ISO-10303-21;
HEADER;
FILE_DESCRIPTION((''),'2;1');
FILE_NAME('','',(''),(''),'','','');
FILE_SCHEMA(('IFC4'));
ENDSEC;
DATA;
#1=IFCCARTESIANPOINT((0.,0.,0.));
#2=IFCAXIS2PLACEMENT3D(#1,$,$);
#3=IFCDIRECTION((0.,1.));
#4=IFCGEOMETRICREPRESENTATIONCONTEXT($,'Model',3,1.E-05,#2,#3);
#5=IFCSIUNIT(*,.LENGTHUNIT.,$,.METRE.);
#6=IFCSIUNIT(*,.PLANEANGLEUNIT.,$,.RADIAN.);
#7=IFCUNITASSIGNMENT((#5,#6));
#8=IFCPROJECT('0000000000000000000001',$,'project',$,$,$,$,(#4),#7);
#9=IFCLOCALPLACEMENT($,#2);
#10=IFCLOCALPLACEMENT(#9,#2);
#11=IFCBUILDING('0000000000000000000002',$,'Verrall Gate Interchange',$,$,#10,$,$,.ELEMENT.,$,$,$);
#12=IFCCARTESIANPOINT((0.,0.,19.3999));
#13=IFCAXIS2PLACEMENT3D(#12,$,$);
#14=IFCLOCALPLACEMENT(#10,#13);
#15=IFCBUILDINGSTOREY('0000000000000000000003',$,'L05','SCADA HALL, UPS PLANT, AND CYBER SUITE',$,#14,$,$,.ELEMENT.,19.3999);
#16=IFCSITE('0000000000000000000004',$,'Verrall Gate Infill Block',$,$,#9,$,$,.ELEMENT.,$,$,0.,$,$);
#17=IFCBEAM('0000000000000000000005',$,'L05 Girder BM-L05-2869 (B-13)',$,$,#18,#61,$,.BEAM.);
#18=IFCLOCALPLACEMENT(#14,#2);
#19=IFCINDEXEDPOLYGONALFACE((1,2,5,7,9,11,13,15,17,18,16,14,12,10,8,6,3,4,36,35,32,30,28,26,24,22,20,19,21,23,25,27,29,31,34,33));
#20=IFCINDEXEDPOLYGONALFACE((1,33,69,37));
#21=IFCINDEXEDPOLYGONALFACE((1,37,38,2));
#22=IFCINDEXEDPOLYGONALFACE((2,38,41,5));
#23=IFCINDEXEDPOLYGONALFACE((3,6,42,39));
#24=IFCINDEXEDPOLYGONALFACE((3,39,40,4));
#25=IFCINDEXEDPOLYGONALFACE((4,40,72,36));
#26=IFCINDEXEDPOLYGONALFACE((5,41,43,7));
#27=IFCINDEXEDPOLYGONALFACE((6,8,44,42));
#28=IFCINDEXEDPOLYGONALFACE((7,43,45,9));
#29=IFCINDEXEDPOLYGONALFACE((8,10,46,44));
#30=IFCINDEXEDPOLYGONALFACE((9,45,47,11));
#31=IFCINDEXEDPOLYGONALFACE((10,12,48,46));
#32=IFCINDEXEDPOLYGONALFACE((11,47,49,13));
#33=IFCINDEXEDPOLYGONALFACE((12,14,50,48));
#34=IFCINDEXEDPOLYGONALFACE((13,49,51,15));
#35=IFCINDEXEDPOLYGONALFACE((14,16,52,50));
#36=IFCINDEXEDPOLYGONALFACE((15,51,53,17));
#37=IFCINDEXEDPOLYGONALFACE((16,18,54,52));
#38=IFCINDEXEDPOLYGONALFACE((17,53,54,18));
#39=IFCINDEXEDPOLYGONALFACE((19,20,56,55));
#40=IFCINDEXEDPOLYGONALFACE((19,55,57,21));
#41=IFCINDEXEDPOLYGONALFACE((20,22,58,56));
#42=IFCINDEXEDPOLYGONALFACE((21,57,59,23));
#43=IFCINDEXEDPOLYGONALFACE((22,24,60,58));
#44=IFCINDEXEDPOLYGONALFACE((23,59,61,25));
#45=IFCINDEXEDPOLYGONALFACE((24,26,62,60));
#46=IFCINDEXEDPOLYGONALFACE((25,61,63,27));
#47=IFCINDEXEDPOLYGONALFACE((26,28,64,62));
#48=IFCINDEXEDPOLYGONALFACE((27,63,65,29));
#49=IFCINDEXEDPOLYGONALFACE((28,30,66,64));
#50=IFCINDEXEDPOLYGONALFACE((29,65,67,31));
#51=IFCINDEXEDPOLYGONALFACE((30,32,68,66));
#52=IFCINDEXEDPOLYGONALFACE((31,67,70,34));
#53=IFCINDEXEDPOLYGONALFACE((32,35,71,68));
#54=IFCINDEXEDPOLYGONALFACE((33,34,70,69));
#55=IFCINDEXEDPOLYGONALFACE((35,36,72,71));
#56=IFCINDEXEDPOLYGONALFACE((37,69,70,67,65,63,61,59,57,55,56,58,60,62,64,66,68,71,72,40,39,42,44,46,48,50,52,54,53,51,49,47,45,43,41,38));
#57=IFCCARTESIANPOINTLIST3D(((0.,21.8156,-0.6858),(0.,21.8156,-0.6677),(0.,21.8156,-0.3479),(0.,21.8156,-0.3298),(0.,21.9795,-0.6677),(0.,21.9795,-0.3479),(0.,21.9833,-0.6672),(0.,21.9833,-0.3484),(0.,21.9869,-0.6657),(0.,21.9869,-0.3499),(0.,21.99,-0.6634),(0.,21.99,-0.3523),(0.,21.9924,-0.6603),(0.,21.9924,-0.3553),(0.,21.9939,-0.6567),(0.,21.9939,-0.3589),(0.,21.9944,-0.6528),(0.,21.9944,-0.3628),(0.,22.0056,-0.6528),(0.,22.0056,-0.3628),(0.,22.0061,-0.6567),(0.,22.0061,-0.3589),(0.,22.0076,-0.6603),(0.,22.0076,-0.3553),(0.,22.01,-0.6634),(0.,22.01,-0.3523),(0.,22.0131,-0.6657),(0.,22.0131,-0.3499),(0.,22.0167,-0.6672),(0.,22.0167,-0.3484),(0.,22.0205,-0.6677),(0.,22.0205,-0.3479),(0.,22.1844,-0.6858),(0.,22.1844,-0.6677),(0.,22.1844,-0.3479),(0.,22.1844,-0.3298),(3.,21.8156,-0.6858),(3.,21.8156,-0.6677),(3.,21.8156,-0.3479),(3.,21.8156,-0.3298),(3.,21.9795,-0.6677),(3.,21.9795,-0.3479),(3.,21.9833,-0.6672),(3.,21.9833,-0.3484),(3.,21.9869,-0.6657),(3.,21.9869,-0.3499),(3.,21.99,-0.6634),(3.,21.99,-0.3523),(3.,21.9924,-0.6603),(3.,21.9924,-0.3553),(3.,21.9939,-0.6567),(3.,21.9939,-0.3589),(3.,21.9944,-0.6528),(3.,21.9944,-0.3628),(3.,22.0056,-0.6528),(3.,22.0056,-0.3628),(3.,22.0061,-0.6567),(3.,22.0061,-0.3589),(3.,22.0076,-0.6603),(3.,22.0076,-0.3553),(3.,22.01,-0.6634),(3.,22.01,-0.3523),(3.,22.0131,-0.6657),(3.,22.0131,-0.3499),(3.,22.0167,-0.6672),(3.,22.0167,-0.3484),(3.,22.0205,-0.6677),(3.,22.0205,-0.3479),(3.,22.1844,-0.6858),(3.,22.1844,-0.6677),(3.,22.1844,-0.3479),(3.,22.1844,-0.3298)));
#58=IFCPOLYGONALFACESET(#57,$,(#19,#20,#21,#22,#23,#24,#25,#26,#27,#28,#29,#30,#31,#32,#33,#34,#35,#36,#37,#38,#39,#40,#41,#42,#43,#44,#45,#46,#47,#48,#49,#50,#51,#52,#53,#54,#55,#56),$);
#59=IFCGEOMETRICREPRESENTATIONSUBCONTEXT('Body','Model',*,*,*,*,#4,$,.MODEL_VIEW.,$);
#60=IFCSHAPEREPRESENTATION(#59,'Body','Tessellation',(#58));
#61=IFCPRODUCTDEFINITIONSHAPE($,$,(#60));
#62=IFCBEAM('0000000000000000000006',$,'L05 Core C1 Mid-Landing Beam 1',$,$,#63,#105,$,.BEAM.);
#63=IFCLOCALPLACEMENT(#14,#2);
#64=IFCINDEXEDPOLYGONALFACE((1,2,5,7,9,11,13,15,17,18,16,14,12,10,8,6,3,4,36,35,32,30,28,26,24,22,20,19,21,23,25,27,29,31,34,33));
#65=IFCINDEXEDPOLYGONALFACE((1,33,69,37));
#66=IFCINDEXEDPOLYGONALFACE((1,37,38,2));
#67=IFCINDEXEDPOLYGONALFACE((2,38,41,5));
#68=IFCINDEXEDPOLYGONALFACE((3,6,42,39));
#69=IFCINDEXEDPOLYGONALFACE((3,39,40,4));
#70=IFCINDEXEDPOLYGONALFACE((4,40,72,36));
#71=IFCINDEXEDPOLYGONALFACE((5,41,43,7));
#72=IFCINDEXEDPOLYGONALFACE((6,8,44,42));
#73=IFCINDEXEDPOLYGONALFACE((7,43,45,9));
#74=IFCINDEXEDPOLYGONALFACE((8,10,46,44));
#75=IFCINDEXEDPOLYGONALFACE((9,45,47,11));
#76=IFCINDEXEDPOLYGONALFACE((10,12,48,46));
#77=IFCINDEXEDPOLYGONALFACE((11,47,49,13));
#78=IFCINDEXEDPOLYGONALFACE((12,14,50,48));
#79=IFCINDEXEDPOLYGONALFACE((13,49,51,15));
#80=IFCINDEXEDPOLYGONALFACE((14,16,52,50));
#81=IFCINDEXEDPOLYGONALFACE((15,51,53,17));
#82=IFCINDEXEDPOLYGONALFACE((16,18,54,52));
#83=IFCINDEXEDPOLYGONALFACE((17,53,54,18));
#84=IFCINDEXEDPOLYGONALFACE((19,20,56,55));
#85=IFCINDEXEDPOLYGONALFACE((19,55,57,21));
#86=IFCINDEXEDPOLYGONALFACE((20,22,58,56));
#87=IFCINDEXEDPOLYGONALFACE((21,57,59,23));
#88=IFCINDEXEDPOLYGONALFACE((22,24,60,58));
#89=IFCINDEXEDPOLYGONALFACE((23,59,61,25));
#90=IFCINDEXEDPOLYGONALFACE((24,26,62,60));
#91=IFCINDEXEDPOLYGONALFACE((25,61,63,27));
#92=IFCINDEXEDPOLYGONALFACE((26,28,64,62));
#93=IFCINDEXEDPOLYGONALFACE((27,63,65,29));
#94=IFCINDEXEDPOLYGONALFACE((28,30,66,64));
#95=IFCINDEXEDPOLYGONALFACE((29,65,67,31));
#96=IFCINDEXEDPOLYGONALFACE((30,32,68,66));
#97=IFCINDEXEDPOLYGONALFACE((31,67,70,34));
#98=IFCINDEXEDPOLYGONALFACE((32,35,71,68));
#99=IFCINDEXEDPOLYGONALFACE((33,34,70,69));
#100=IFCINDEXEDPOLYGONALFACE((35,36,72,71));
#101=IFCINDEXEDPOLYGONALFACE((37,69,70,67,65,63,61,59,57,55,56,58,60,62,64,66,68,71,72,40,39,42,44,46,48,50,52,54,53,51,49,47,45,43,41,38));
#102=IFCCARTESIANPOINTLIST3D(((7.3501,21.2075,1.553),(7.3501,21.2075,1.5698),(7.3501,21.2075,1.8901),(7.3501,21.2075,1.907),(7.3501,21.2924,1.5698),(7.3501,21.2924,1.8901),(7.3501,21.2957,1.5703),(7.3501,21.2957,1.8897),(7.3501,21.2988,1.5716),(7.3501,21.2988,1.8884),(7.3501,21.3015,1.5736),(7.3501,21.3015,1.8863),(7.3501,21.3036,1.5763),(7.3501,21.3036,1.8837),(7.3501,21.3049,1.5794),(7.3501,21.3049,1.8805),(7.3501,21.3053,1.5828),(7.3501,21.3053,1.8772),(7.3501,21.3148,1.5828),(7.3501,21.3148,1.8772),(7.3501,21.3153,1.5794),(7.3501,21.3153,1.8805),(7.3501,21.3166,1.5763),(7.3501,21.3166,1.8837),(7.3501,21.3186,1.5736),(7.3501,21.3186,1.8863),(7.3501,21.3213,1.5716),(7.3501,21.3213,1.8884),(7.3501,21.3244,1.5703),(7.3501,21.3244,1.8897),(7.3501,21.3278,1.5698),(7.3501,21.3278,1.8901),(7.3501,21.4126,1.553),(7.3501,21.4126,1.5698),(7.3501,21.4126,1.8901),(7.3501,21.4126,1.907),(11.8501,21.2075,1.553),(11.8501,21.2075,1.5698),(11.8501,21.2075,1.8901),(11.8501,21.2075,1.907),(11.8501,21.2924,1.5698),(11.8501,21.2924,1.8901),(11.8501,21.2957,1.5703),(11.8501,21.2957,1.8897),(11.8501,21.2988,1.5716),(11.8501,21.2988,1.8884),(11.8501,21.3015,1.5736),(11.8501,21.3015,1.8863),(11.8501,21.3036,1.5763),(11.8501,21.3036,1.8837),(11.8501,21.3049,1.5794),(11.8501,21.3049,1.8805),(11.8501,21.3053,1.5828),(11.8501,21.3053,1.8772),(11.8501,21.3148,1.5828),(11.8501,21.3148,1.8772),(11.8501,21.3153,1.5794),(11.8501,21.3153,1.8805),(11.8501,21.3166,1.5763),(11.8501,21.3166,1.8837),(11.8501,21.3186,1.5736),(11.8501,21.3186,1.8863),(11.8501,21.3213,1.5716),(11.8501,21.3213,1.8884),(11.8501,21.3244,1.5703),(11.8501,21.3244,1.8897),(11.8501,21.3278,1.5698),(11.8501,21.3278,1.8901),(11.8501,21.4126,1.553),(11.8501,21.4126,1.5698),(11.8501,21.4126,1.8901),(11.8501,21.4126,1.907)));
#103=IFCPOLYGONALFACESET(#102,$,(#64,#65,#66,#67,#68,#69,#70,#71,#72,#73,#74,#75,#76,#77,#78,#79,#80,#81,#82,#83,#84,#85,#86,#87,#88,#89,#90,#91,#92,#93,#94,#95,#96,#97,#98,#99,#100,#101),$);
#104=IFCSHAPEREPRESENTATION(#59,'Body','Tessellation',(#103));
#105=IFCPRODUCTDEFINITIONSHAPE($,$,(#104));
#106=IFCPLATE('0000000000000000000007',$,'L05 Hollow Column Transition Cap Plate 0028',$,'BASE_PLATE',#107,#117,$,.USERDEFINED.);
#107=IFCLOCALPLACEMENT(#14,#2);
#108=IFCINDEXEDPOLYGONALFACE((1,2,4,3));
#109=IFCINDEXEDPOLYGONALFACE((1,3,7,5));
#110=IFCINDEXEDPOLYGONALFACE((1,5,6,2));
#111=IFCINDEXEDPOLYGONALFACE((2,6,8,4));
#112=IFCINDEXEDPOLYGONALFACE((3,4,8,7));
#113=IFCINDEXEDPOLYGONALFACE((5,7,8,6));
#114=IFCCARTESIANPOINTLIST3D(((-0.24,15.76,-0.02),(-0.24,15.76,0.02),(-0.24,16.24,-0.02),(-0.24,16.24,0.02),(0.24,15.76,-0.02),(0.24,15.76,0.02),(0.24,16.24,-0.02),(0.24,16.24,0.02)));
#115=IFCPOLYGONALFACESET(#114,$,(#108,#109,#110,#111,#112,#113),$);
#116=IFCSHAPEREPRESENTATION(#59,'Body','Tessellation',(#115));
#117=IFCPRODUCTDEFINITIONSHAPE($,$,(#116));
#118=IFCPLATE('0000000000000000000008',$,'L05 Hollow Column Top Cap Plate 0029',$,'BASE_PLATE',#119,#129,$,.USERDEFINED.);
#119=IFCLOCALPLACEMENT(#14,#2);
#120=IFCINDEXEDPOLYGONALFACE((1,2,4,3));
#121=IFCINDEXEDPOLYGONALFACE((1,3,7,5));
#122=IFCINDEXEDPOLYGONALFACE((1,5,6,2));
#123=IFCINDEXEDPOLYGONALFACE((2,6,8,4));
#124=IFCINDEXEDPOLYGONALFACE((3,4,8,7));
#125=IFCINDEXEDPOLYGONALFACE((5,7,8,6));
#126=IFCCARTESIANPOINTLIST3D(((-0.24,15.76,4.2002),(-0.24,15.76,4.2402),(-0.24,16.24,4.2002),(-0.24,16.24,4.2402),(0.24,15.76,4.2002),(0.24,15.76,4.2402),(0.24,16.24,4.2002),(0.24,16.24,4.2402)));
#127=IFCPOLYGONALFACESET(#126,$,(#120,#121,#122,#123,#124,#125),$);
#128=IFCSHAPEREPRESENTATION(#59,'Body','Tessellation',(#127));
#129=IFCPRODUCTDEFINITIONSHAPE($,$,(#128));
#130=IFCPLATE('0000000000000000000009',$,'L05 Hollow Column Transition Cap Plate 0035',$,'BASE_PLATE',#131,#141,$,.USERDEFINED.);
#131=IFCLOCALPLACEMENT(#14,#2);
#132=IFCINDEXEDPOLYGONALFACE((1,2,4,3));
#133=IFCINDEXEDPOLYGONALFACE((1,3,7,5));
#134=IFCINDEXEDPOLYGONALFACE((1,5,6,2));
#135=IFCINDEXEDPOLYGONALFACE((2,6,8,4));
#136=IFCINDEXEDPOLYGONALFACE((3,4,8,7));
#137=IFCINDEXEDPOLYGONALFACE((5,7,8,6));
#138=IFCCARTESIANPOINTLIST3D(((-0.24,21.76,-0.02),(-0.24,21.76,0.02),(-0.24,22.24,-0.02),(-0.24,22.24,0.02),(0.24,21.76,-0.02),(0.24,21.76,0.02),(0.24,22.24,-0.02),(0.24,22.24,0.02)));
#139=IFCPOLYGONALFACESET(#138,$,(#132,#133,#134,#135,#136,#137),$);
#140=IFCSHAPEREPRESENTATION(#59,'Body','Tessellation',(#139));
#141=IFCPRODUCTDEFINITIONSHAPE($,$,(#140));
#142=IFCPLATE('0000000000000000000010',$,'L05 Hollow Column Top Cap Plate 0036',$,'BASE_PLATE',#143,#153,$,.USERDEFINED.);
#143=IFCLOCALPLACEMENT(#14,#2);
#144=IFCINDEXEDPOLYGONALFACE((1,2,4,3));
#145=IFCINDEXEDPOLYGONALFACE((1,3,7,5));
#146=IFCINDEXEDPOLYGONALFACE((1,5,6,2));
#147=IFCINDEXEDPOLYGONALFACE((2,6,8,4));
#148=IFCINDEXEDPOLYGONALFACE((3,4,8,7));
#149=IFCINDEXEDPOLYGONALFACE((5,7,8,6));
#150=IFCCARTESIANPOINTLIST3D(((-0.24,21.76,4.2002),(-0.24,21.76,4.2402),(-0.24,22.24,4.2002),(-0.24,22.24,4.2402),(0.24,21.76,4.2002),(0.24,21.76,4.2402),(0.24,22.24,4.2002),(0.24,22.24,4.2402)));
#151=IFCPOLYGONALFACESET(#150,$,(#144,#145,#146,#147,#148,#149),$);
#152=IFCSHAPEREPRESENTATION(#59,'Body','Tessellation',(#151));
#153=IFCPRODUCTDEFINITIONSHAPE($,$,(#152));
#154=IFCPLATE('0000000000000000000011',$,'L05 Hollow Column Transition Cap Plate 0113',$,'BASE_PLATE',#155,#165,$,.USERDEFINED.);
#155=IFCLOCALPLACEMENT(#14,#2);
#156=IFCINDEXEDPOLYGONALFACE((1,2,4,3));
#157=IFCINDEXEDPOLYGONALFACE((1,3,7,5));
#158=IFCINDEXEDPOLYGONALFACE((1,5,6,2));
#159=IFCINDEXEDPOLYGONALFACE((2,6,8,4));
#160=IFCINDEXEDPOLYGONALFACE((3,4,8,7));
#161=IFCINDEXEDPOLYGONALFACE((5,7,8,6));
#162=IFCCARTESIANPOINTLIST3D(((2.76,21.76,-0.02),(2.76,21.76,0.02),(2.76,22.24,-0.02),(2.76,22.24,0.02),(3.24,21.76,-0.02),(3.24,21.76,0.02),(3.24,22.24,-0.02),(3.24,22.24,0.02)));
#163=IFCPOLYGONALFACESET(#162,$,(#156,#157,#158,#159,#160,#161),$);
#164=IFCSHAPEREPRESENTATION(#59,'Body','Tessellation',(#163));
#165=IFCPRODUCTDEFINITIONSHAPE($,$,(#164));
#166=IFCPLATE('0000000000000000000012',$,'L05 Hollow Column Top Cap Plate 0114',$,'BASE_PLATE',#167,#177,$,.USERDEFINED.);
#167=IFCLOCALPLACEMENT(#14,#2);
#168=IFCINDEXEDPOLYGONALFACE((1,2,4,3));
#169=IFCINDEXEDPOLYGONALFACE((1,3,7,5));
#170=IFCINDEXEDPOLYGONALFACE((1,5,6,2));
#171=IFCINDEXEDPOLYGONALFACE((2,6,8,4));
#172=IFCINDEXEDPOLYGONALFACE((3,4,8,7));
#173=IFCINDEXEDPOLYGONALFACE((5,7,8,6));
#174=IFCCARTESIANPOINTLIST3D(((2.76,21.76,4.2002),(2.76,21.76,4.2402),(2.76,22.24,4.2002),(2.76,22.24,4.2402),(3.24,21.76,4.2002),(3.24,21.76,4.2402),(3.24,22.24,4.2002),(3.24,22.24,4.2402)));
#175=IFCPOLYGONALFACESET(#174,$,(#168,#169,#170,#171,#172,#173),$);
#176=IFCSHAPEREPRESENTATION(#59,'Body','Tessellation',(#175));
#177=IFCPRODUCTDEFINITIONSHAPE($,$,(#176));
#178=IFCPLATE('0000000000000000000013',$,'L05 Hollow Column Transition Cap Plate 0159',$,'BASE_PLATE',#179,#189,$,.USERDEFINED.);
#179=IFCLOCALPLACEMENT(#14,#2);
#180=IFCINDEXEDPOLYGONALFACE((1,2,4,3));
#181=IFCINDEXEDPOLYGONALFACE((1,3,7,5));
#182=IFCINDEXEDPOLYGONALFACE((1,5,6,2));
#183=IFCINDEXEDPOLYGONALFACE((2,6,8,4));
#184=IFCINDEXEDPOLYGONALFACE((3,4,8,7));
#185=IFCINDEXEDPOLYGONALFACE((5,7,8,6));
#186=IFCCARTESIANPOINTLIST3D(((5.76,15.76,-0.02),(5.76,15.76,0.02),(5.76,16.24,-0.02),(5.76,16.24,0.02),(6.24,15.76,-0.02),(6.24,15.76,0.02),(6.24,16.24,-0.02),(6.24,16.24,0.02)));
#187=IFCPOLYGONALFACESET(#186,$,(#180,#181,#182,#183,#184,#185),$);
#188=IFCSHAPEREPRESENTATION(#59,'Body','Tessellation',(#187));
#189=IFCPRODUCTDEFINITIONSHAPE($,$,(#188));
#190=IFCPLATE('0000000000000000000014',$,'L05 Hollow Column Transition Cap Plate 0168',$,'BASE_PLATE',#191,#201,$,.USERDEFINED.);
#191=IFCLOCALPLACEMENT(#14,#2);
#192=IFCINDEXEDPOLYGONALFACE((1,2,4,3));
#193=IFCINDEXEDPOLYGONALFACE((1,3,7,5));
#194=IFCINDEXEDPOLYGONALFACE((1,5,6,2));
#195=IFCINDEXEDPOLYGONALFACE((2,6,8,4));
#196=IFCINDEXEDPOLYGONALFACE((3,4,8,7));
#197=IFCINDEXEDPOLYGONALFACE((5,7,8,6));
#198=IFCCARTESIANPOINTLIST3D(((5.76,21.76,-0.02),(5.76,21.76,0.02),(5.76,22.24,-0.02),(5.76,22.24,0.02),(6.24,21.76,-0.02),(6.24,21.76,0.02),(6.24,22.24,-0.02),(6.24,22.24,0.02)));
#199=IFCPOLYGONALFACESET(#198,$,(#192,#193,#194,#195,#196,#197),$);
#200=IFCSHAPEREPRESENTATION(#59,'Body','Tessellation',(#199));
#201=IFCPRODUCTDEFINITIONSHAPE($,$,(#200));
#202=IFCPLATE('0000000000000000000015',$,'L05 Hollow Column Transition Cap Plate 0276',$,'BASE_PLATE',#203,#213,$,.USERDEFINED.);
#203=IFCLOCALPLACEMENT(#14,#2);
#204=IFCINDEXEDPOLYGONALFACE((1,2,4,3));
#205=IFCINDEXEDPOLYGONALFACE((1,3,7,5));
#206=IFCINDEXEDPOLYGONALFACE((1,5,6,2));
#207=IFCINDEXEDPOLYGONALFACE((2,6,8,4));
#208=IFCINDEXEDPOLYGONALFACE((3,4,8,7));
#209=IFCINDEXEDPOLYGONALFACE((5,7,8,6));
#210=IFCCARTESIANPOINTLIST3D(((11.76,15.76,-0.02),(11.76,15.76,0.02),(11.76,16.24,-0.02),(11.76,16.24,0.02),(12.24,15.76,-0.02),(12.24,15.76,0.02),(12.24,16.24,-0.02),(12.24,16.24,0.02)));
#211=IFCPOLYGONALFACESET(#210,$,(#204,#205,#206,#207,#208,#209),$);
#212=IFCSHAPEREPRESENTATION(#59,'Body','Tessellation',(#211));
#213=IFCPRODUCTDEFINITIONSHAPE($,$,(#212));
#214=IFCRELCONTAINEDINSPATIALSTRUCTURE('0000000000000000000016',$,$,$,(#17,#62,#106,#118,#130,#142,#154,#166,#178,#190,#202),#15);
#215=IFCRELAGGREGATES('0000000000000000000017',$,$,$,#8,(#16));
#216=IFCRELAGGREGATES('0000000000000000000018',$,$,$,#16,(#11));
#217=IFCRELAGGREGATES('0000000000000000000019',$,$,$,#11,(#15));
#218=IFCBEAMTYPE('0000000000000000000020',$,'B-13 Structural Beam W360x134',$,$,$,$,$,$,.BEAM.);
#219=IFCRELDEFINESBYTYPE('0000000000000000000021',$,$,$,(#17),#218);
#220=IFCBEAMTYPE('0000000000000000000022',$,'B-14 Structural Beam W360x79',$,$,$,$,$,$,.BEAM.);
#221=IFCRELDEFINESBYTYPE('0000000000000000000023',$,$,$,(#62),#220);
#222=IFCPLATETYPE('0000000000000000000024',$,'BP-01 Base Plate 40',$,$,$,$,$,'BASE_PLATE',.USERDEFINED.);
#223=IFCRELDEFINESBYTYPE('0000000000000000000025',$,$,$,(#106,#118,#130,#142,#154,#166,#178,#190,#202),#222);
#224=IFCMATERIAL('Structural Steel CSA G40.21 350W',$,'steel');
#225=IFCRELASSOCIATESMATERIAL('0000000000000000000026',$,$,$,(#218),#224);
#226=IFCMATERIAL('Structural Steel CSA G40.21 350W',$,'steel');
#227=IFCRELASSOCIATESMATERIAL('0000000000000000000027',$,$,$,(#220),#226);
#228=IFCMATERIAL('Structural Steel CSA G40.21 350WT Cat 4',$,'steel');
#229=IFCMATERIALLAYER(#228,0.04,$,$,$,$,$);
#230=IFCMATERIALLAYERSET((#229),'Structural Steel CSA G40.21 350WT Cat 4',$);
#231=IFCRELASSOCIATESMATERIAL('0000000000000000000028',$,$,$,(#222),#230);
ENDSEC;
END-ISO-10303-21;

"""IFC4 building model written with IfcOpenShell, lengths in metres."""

from ifc_helpers import new_model, si_unit, direction, frame, origin, origin_2d, place, context, subcontext, project, spatial, rectangle, i_section, extrude, material, layer, layer_set, material_profile, profile_set, type_object, element, save


model = new_model("IFC4")

# Units and contexts
model_context = context("Model", 3, precision=1e-05, world=origin(), true_north=direction((0.0, 1.0)))
body_context = subcontext(model_context, "Body", "Model", "MODEL_VIEW")
ifc_project = project(units=[si_unit("LENGTHUNIT", "METRE"), si_unit("PLANEANGLEUNIT", "RADIAN")], contexts=[model_context])

# Site, building, storey
site_placement = place(None, origin())
site = spatial("IfcSite", under=ifc_project, at=site_placement, Name="Verrall Gate Infill Block", CompositionType="ELEMENT", RefElevation=0.0)
building_placement = place(site_placement, origin())
building = spatial("IfcBuilding", under=site, at=building_placement, Name="Verrall Gate Interchange", CompositionType="ELEMENT")
storey_placement = place(building_placement, frame((0.0, 0.0, 19.3999)))
storey = spatial("IfcBuildingStorey", under=building, at=storey_placement, Name="L05", Description="SCADA HALL, UPS PLANT, AND CYBER SUITE", CompositionType="ELEMENT", Elevation=19.3999)

# Beams
ifc_material_1 = material(Name="Structural Steel CSA G40.21 350W", Category="steel")
ifc_material_profile_1 = material_profile(ifc_material_1, i_section(OverallWidth=0.3689, OverallDepth=0.356, WebThickness=0.0112, FlangeThickness=0.0181, FilletRadius=0.0149, at=origin_2d()), Name="W360x134")
ifc_profile_set_1 = profile_set([ifc_material_profile_1], Name="Structural Steel CSA G40.21 350W")
beam_type_1 = type_object("IfcBeamType", Name="B-13 Structural Beam W360x134", PredefinedType="BEAM", material=ifc_profile_set_1)
beam_1_placement = place(storey_placement, frame((0.0, 22.0, -0.5078), z_axis=(1.0, 0.0, 0.0), x_axis=(0.0, 1.0, 0.0)))
element("IfcBeam", 1, at=beam_1_placement, inside=storey, type_object=beam_type_1, Name="L05 Girder BM-L05-2869 (B-13)", PredefinedType="BEAM", context=body_context, shape_type="SweptSolid", body=[
    extrude(i_section(OverallWidth=0.3689, OverallDepth=0.356, WebThickness=0.0112, FlangeThickness=0.0181, FilletRadius=0.0149, at=origin_2d()), origin(), (0.0, 0.0, 1.0), 3.0),
])
ifc_material_2 = material(Name="Structural Steel CSA G40.21 350W", Category="steel")
ifc_material_profile_2 = material_profile(ifc_material_2, i_section(OverallWidth=0.2051, OverallDepth=0.354, WebThickness=0.0095, FlangeThickness=0.0168, FilletRadius=0.0129, at=origin_2d()), Name="W360x79")
ifc_profile_set_2 = profile_set([ifc_material_profile_2], Name="Structural Steel CSA G40.21 350W")
beam_type_2 = type_object("IfcBeamType", Name="B-14 Structural Beam W360x79", PredefinedType="BEAM", material=ifc_profile_set_2)
beam_2_placement = place(storey_placement, frame((7.3501, 21.3101, 1.73), z_axis=(1.0, 0.0, 0.0), x_axis=(0.0, 1.0, 0.0)))
element("IfcBeam", 2, at=beam_2_placement, inside=storey, type_object=beam_type_2, Name="L05 Core C1 Mid-Landing Beam 1", PredefinedType="BEAM", context=body_context, shape_type="SweptSolid", body=[
    extrude(i_section(OverallWidth=0.2051, OverallDepth=0.354, WebThickness=0.0095, FlangeThickness=0.0168, FilletRadius=0.0129, at=origin_2d()), origin(), (0.0, 0.0, 1.0), 4.5),
])

# Plates
ifc_material_3 = material(Name="Structural Steel CSA G40.21 350WT Cat 4", Category="steel")
ifc_layer_1 = layer(ifc_material_3, 0.04)
ifc_layer_set_1 = layer_set([ifc_layer_1], Name="Structural Steel CSA G40.21 350WT Cat 4")
plate_type = type_object("IfcPlateType", Name="BP-01 Base Plate 40", ElementType="BASE_PLATE", PredefinedType="USERDEFINED", material=ifc_layer_set_1)
for number, where, z_axis, x_axis, name in (
    (3, (0.0, 16.0, -0.02), (0.0, 0.0, 1.0), (1.0, 0.0, 0.0), "L05 Hollow Column Transition Cap Plate 0028"),
    (4, (0.0, 16.0, 4.2002), (0.0, 0.0, 1.0), (1.0, 0.0, 0.0), "L05 Hollow Column Top Cap Plate 0029"),
    (5, (0.0, 22.0, -0.02), (0.0, 0.0, 1.0), (1.0, 0.0, 0.0), "L05 Hollow Column Transition Cap Plate 0035"),
    (6, (0.0, 22.0, 4.2002), (0.0, 0.0, 1.0), (1.0, 0.0, 0.0), "L05 Hollow Column Top Cap Plate 0036"),
    (7, (3.0, 22.0, -0.02), (0.0, 0.0, 1.0), (1.0, 0.0, 0.0), "L05 Hollow Column Transition Cap Plate 0113"),
    (8, (3.0, 22.0, 4.2002), (0.0, 0.0, 1.0), (1.0, 0.0, 0.0), "L05 Hollow Column Top Cap Plate 0114"),
    (9, (6.0, 16.0, -0.02), (0.0, 0.0, 1.0), (1.0, 0.0, 0.0), "L05 Hollow Column Transition Cap Plate 0159"),
    (10, (6.0, 22.0, -0.02), (0.0, 0.0, 1.0), (1.0, 0.0, 0.0), "L05 Hollow Column Transition Cap Plate 0168"),
    (11, (12.0, 16.0, -0.02), (0.0, 0.0, 1.0), (1.0, 0.0, 0.0), "L05 Hollow Column Transition Cap Plate 0276"),
):
    element("IfcPlate", number, at=place(storey_placement, frame(where, z_axis=z_axis, x_axis=x_axis)), inside=storey, type_object=plate_type, Name=name, ObjectType="BASE_PLATE", PredefinedType="USERDEFINED", context=body_context, shape_type="SweptSolid", body=[
        extrude(rectangle(XDim=0.48, YDim=0.48, at=origin_2d()), origin(), (0.0, 0.0, 1.0), 0.04),
    ])

save(model, "model.ifc")
